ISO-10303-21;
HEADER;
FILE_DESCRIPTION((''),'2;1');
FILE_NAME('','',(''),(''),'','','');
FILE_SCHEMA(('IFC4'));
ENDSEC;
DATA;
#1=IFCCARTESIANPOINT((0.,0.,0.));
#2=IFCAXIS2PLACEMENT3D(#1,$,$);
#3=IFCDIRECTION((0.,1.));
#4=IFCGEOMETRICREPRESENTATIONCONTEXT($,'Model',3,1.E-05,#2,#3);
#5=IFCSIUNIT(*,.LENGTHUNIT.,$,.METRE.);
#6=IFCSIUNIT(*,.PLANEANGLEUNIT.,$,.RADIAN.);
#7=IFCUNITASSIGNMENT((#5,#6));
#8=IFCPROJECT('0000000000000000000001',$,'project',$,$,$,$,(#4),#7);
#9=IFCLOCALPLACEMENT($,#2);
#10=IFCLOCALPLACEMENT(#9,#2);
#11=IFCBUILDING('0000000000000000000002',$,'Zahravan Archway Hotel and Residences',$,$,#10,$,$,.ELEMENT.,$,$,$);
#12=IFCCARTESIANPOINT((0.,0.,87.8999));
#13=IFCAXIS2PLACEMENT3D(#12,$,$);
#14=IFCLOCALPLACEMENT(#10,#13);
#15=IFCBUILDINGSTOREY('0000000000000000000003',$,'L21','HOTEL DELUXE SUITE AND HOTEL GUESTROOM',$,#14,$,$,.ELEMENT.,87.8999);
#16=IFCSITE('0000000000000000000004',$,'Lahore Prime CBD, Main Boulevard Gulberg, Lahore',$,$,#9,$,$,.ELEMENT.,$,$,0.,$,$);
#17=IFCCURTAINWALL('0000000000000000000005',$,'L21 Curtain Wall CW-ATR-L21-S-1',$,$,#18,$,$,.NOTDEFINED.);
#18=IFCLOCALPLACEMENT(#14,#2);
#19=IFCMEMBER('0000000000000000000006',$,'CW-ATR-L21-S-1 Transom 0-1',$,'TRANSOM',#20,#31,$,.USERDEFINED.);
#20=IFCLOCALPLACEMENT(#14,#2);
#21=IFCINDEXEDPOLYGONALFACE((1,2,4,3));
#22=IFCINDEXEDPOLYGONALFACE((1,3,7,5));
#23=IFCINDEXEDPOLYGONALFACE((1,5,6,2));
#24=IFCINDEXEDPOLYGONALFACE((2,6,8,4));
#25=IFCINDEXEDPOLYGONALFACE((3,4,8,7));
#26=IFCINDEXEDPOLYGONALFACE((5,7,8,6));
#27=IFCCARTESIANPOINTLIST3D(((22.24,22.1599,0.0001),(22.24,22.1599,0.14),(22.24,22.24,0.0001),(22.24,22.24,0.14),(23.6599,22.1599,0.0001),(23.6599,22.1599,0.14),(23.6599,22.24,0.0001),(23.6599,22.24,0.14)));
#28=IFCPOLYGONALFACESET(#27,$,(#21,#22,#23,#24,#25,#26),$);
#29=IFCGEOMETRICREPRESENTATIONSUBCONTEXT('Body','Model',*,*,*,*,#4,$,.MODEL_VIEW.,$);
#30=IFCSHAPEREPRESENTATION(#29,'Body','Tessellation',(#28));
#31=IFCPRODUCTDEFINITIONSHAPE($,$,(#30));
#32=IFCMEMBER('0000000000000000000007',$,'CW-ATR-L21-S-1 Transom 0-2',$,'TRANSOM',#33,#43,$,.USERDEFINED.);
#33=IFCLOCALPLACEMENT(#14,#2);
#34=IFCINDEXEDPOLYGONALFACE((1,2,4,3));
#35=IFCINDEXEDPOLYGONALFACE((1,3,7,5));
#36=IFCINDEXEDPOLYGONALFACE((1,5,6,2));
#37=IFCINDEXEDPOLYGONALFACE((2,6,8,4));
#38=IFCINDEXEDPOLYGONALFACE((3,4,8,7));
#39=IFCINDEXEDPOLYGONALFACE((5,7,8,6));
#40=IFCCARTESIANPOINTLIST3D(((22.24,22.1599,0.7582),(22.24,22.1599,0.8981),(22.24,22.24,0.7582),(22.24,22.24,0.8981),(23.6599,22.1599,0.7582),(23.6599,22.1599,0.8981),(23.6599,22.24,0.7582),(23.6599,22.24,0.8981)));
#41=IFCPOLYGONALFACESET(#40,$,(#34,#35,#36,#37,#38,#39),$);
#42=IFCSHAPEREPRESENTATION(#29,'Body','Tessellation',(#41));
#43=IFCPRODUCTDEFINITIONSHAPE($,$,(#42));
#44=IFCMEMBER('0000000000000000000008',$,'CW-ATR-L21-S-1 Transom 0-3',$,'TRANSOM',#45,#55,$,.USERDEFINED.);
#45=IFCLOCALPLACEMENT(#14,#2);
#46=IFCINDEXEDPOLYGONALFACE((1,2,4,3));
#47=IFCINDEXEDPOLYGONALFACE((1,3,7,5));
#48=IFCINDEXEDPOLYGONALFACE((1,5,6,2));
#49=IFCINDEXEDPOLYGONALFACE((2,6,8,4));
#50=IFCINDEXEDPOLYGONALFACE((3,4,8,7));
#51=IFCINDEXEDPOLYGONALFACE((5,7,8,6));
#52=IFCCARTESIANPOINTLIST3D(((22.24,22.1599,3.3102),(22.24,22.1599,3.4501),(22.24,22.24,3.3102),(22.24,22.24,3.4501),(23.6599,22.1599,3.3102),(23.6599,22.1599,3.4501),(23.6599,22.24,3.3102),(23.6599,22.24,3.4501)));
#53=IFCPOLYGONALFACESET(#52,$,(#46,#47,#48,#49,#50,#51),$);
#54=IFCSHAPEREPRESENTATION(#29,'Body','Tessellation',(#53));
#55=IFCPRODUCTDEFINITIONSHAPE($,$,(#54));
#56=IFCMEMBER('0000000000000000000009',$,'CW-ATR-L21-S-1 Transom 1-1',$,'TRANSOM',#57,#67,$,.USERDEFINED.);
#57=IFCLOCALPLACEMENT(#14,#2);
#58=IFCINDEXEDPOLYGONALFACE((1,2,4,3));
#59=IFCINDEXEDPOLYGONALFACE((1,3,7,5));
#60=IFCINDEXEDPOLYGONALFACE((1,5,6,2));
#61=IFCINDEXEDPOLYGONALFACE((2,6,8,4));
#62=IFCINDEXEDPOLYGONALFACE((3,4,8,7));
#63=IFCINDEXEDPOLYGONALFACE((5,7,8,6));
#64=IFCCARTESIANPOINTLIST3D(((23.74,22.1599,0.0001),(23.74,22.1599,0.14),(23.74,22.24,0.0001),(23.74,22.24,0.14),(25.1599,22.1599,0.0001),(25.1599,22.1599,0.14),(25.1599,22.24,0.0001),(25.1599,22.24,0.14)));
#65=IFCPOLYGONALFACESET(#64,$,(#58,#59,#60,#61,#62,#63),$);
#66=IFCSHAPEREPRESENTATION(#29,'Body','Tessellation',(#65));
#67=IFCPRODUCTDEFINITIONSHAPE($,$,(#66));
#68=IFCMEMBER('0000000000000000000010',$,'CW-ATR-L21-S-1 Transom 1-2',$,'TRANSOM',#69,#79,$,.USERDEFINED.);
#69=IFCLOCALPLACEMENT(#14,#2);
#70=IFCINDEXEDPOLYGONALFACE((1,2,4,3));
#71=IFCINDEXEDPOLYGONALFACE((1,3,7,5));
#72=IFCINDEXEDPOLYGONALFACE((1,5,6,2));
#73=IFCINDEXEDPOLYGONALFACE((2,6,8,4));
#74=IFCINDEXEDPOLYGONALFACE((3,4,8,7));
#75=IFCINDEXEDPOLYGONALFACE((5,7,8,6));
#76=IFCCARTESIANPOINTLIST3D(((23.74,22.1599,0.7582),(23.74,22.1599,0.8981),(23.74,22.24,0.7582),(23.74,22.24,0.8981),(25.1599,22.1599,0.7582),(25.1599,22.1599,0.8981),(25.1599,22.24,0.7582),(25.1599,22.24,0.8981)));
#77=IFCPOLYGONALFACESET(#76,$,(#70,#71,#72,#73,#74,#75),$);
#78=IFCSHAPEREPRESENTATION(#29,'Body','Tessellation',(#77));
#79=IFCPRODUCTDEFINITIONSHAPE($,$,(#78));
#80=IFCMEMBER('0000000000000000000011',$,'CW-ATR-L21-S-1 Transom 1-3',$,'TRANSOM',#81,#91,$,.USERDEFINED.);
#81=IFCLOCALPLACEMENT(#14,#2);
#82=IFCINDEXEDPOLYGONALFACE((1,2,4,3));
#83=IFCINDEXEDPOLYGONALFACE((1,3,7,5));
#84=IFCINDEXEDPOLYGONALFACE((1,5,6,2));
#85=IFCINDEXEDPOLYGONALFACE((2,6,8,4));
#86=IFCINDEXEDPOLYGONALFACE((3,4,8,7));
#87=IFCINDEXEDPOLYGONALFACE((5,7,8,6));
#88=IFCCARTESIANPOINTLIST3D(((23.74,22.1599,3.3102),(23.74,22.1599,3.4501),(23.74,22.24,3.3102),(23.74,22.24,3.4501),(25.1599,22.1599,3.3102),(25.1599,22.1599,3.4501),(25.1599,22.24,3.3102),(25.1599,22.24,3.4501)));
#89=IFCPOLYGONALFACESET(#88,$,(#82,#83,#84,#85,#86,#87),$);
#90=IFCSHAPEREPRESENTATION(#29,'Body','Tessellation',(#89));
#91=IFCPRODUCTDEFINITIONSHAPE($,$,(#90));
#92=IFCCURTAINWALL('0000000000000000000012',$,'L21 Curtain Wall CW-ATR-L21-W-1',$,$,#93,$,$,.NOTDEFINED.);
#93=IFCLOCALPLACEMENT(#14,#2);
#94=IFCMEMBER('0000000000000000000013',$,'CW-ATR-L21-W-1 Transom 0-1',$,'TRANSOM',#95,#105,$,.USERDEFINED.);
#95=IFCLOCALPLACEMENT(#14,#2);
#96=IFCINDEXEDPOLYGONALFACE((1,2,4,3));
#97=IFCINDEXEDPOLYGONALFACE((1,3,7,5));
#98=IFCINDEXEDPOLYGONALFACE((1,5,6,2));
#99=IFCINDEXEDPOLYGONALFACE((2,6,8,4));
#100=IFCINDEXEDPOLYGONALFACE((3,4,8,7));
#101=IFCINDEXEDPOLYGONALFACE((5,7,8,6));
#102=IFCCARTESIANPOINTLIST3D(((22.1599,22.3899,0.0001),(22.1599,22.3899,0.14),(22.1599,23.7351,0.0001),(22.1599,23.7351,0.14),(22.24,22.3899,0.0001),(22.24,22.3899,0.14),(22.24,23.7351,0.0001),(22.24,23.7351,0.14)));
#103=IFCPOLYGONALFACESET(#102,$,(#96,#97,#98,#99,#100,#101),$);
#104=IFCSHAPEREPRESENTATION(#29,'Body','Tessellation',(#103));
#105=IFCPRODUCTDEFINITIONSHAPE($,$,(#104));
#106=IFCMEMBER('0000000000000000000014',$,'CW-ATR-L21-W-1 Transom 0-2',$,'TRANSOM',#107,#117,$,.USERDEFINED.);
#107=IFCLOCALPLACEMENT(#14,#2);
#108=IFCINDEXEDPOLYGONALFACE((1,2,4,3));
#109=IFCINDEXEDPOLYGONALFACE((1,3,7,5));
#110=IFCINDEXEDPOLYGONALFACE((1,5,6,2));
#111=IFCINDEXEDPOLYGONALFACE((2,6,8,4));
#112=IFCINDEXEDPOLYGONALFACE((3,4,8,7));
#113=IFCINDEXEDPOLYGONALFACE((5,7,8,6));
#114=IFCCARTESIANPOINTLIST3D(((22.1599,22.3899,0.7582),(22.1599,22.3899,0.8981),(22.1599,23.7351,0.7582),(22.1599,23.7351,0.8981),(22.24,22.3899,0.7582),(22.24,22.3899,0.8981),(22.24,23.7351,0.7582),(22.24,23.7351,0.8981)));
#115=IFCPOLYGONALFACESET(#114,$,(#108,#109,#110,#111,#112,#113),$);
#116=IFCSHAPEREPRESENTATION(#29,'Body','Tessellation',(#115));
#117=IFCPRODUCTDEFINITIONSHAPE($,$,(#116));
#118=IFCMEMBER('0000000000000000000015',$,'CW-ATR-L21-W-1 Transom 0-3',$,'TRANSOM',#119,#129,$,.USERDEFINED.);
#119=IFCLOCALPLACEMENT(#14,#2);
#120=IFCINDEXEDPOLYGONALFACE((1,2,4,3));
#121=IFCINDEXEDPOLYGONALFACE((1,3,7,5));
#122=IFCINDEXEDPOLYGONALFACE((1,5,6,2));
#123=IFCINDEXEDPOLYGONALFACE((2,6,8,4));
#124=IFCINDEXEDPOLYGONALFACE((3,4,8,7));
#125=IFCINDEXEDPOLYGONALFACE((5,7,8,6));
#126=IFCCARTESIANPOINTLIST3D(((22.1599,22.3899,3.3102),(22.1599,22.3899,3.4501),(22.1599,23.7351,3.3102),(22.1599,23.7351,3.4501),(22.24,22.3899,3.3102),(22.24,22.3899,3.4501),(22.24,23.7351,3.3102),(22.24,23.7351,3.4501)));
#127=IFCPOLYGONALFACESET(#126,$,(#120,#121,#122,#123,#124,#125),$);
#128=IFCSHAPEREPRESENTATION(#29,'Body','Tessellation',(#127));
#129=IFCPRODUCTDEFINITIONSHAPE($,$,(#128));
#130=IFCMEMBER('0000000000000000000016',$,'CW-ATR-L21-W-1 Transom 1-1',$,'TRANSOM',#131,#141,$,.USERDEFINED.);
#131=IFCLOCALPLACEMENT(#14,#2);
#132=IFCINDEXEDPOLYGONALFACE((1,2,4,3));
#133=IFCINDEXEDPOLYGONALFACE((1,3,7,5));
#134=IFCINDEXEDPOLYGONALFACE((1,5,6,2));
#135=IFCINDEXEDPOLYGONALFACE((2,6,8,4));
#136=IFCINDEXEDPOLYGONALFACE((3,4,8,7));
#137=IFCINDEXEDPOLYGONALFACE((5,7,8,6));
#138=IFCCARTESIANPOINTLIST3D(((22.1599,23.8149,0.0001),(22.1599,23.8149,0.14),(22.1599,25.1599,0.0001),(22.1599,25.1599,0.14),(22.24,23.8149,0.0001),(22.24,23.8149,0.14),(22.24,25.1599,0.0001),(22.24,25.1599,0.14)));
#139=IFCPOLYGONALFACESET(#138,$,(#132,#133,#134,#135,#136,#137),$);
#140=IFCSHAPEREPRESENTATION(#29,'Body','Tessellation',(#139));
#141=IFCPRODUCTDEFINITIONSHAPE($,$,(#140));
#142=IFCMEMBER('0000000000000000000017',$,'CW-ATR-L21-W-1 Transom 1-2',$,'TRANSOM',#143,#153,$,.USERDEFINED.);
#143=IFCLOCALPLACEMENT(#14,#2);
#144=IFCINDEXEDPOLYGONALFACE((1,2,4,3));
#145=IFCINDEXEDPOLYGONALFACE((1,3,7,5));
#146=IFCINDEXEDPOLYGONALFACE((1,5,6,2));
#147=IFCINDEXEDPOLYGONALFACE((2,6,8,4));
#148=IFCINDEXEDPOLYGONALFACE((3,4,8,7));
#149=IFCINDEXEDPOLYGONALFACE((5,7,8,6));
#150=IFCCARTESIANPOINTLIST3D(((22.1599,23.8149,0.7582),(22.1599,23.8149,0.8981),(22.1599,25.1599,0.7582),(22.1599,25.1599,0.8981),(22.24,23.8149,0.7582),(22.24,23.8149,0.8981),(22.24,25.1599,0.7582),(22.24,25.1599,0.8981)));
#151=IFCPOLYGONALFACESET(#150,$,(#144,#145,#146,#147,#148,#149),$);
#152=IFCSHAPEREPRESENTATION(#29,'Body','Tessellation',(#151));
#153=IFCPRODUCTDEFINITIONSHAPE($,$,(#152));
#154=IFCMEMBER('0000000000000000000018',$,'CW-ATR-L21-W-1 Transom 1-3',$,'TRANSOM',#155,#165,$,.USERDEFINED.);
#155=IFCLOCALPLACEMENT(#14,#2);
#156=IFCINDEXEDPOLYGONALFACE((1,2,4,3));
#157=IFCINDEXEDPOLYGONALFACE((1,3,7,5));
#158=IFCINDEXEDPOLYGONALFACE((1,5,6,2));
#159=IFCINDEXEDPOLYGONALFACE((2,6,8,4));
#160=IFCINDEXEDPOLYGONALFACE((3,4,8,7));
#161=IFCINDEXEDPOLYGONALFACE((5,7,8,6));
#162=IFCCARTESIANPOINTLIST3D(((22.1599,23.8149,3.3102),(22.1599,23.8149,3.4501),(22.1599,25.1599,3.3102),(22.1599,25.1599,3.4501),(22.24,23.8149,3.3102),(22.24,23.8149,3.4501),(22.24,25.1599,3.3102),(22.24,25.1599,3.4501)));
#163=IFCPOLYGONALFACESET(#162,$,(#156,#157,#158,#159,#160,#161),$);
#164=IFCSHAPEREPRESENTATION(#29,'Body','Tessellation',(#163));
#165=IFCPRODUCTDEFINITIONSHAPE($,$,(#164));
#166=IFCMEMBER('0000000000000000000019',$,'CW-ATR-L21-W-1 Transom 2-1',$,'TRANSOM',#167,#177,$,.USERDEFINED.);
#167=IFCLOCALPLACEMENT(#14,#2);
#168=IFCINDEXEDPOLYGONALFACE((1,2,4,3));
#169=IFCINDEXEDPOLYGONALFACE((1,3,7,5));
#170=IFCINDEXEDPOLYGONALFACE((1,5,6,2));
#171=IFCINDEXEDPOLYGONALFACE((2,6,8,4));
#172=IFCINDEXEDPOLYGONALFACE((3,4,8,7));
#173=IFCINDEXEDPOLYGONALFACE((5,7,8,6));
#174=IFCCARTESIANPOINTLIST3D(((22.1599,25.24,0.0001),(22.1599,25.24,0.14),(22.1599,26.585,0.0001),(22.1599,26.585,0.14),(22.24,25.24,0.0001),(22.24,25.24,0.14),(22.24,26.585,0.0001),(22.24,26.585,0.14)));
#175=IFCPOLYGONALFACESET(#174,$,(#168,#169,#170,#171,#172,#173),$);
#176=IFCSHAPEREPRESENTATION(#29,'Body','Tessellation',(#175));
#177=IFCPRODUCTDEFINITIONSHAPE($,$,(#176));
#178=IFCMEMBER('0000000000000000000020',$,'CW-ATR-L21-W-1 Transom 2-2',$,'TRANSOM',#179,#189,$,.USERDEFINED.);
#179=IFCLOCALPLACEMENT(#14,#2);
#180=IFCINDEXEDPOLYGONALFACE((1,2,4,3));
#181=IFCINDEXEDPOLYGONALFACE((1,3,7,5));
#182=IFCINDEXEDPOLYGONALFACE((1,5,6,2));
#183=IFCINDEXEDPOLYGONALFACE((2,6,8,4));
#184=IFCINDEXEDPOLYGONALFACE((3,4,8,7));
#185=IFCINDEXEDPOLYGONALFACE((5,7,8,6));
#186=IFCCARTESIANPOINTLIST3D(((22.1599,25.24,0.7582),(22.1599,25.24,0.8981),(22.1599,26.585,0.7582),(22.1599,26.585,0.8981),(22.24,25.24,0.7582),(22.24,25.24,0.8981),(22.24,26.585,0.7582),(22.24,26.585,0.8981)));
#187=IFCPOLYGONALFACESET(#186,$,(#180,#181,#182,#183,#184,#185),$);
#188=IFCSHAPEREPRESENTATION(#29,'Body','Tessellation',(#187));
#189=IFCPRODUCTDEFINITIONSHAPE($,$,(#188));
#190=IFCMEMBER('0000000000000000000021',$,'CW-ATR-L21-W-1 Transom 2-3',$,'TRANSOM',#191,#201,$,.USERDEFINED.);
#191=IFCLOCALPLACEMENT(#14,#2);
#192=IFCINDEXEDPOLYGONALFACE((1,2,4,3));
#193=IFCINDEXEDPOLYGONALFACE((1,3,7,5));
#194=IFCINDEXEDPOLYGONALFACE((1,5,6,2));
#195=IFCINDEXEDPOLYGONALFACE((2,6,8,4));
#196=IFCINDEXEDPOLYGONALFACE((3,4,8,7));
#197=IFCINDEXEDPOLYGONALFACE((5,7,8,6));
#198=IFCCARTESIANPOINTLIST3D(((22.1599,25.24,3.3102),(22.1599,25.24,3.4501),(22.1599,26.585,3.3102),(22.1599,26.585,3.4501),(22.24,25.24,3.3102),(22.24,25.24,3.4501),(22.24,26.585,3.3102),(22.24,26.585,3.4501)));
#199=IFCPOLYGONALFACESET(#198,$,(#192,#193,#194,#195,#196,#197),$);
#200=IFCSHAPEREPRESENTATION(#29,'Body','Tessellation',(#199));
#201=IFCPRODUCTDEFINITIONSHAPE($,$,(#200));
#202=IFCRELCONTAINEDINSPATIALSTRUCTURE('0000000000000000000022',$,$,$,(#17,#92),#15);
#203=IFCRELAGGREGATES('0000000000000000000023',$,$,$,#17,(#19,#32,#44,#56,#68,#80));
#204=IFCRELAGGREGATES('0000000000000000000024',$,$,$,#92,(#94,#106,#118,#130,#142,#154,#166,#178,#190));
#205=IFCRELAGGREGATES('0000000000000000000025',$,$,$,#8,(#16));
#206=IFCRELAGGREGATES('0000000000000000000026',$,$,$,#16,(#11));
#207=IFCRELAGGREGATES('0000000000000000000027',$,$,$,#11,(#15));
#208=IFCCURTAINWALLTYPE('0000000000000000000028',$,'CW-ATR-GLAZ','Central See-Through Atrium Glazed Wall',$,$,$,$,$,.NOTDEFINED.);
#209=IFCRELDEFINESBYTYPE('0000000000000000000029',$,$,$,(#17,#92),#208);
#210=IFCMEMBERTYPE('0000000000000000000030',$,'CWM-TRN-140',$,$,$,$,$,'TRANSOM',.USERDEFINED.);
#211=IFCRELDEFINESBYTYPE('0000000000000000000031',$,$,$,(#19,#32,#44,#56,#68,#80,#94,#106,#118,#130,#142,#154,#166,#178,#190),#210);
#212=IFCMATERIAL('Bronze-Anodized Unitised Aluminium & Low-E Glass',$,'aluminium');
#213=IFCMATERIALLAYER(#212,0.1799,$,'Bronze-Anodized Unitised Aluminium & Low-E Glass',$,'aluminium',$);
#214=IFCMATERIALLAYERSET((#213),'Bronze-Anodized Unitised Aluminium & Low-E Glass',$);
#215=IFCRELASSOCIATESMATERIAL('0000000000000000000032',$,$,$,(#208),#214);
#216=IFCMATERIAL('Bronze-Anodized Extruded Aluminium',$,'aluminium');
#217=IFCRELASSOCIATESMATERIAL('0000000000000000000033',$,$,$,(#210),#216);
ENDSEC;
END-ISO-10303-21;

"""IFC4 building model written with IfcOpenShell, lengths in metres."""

from ifc_helpers import new_model, si_unit, direction, frame, origin, origin_2d, place, context, subcontext, project, spatial, rectangle, extrude, source, transform, mapped, material, layer, layer_set, material_profile, profile_set, type_object, element, aggregate, save


model = new_model("IFC4")

# Units and contexts
model_context = context("Model", 3, precision=1e-05, world=origin(), true_north=direction((0.0, 1.0)))
body_context = subcontext(model_context, "Body", "Model", "MODEL_VIEW")
ifc_project = project(units=[si_unit("LENGTHUNIT", "METRE"), si_unit("PLANEANGLEUNIT", "RADIAN")], contexts=[model_context])

# Site, building, storey
site_placement = place(None, origin())
site = spatial("IfcSite", under=ifc_project, at=site_placement, Name="Lahore Prime CBD, Main Boulevard Gulberg, Lahore", CompositionType="ELEMENT", RefElevation=0.0)
building_placement = place(site_placement, origin())
building = spatial("IfcBuilding", under=site, at=building_placement, Name="Zahravan Archway Hotel and Residences", CompositionType="ELEMENT")
storey_placement = place(building_placement, frame((0.0, 0.0, 87.8999)))
storey = spatial("IfcBuildingStorey", under=building, at=storey_placement, Name="L21", Description="HOTEL DELUXE SUITE AND HOTEL GUESTROOM", CompositionType="ELEMENT", Elevation=87.8999)

# Curtain walls, members
ifc_material_1 = material(Name="Bronze-Anodized Unitised Aluminium & Low-E Glass", Category="aluminium")
ifc_layer_1 = layer(ifc_material_1, 0.1799, Name="Bronze-Anodized Unitised Aluminium & Low-E Glass", Category="aluminium")
ifc_layer_set_1 = layer_set([ifc_layer_1], Name="Bronze-Anodized Unitised Aluminium & Low-E Glass")
curtain_wall_type = type_object("IfcCurtainWallType", Name="CW-ATR-GLAZ", Description="Central See-Through Atrium Glazed Wall", PredefinedType="NOTDEFINED", material=ifc_layer_set_1)
curtain_wall_1_placement = place(storey_placement, origin())
curtain_wall_1 = element("IfcCurtainWall", 1, at=curtain_wall_1_placement, inside=storey, type_object=curtain_wall_type, Name="L21 Curtain Wall CW-ATR-L21-S-1", PredefinedType="NOTDEFINED")
ifc_material_2 = material(Name="Bronze-Anodized Extruded Aluminium", Category="aluminium")
ifc_material_profile_1 = material_profile(ifc_material_2, rectangle(XDim=0.0801, YDim=0.1399, at=origin_2d()), Name="TRN 80x140", Category="aluminium")
ifc_profile_set_1 = profile_set([ifc_material_profile_1], Name="Bronze-Anodized Extruded Aluminium")
member_type_1 = type_object("IfcMemberType", Name="CWM-TRN-140", ElementType="TRANSOM", PredefinedType="USERDEFINED", material=ifc_profile_set_1)
shared_shape_1 = source(origin(), body_context, "Body", "SweptSolid", [
    extrude(rectangle(XDim=0.0801, YDim=0.1399, at=origin_2d()), origin(), (0.0, 0.0, 1.0), 1.4199),
])
member_1_placement = place(storey_placement, frame((22.24, 22.2, 0.0701), z_axis=(1.0, 0.0, 0.0), x_axis=(0.0, 1.0, 0.0)))
member_1 = element("IfcMember", 2, at=member_1_placement, type_object=member_type_1, Name="CW-ATR-L21-S-1 Transom 0-1", ObjectType="TRANSOM", PredefinedType="USERDEFINED", context=body_context, shape_type="MappedRepresentation", body=[
    mapped(shared_shape_1, transform((0.0, 0.0, 0.0), scale=1.0)),
])
member_2_placement = place(storey_placement, frame((22.24, 22.2, 0.8281), z_axis=(1.0, 0.0, 0.0), x_axis=(0.0, 1.0, 0.0)))
member_2 = element("IfcMember", 3, at=member_2_placement, type_object=member_type_1, Name="CW-ATR-L21-S-1 Transom 0-2", ObjectType="TRANSOM", PredefinedType="USERDEFINED", context=body_context, shape_type="MappedRepresentation", body=[
    mapped(shared_shape_1, transform((0.0, 0.0, 0.0), scale=1.0)),
])
member_3_placement = place(storey_placement, frame((22.24, 22.2, 3.3801), z_axis=(1.0, 0.0, 0.0), x_axis=(0.0, 1.0, 0.0)))
member_3 = element("IfcMember", 4, at=member_3_placement, type_object=member_type_1, Name="CW-ATR-L21-S-1 Transom 0-3", ObjectType="TRANSOM", PredefinedType="USERDEFINED", context=body_context, shape_type="MappedRepresentation", body=[
    mapped(shared_shape_1, transform((0.0, 0.0, 0.0), scale=1.0)),
])
member_4_placement = place(storey_placement, frame((23.74, 22.2, 0.0701), z_axis=(1.0, 0.0, 0.0), x_axis=(0.0, 1.0, 0.0)))
member_4 = element("IfcMember", 5, at=member_4_placement, type_object=member_type_1, Name="CW-ATR-L21-S-1 Transom 1-1", ObjectType="TRANSOM", PredefinedType="USERDEFINED", context=body_context, shape_type="MappedRepresentation", body=[
    mapped(shared_shape_1, transform((0.0, 0.0, 0.0), scale=1.0)),
])
member_5_placement = place(storey_placement, frame((23.74, 22.2, 0.8281), z_axis=(1.0, 0.0, 0.0), x_axis=(0.0, 1.0, 0.0)))
member_5 = element("IfcMember", 6, at=member_5_placement, type_object=member_type_1, Name="CW-ATR-L21-S-1 Transom 1-2", ObjectType="TRANSOM", PredefinedType="USERDEFINED", context=body_context, shape_type="MappedRepresentation", body=[
    mapped(shared_shape_1, transform((0.0, 0.0, 0.0), scale=1.0)),
])
member_6_placement = place(storey_placement, frame((23.74, 22.2, 3.3801), z_axis=(1.0, 0.0, 0.0), x_axis=(0.0, 1.0, 0.0)))
member_6 = element("IfcMember", 7, at=member_6_placement, type_object=member_type_1, Name="CW-ATR-L21-S-1 Transom 1-3", ObjectType="TRANSOM", PredefinedType="USERDEFINED", context=body_context, shape_type="MappedRepresentation", body=[
    mapped(shared_shape_1, transform((0.0, 0.0, 0.0), scale=1.0)),
])
curtain_wall_2_placement = place(storey_placement, origin())
curtain_wall_2 = element("IfcCurtainWall", 8, at=curtain_wall_2_placement, inside=storey, type_object=curtain_wall_type, Name="L21 Curtain Wall CW-ATR-L21-W-1", PredefinedType="NOTDEFINED")
shared_shape_2 = source(origin(), body_context, "Body", "SweptSolid", [
    extrude(rectangle(XDim=0.0801, YDim=0.1399, at=origin_2d()), origin(), (0.0, 0.0, 1.0), 1.3452),
])
member_7_placement = place(storey_placement, frame((22.2, 22.3899, 0.0701), z_axis=(0.0, 1.0, 0.0), x_axis=(-1.0, 0.0, 0.0)))
member_7 = element("IfcMember", 9, at=member_7_placement, type_object=member_type_1, Name="CW-ATR-L21-W-1 Transom 0-1", ObjectType="TRANSOM", PredefinedType="USERDEFINED", context=body_context, shape_type="MappedRepresentation", body=[
    mapped(shared_shape_2, transform((0.0, 0.0, 0.0), scale=1.0)),
])
member_8_placement = place(storey_placement, frame((22.2, 22.3899, 0.8281), z_axis=(0.0, 1.0, 0.0), x_axis=(-1.0, 0.0, 0.0)))
member_8 = element("IfcMember", 10, at=member_8_placement, type_object=member_type_1, Name="CW-ATR-L21-W-1 Transom 0-2", ObjectType="TRANSOM", PredefinedType="USERDEFINED", context=body_context, shape_type="MappedRepresentation", body=[
    mapped(shared_shape_2, transform((0.0, 0.0, 0.0), scale=1.0)),
])
member_9_placement = place(storey_placement, frame((22.2, 22.3899, 3.3801), z_axis=(0.0, 1.0, 0.0), x_axis=(-1.0, 0.0, 0.0)))
member_9 = element("IfcMember", 11, at=member_9_placement, type_object=member_type_1, Name="CW-ATR-L21-W-1 Transom 0-3", ObjectType="TRANSOM", PredefinedType="USERDEFINED", context=body_context, shape_type="MappedRepresentation", body=[
    mapped(shared_shape_2, transform((0.0, 0.0, 0.0), scale=1.0)),
])
shared_shape_3 = source(origin(), body_context, "Body", "SweptSolid", [
    extrude(rectangle(XDim=0.0801, YDim=0.1399, at=origin_2d()), origin(), (0.0, 0.0, 1.0), 1.345),
])
member_10_placement = place(storey_placement, frame((22.2, 23.8149, 0.0701), z_axis=(0.0, 1.0, 0.0), x_axis=(-1.0, 0.0, 0.0)))
member_10 = element("IfcMember", 12, at=member_10_placement, type_object=member_type_1, Name="CW-ATR-L21-W-1 Transom 1-1", ObjectType="TRANSOM", PredefinedType="USERDEFINED", context=body_context, shape_type="MappedRepresentation", body=[
    mapped(shared_shape_3, transform((0.0, 0.0, 0.0), scale=1.0)),
])
member_11_placement = place(storey_placement, frame((22.2, 23.8149, 0.8281), z_axis=(0.0, 1.0, 0.0), x_axis=(-1.0, 0.0, 0.0)))
member_11 = element("IfcMember", 13, at=member_11_placement, type_object=member_type_1, Name="CW-ATR-L21-W-1 Transom 1-2", ObjectType="TRANSOM", PredefinedType="USERDEFINED", context=body_context, shape_type="MappedRepresentation", body=[
    mapped(shared_shape_3, transform((0.0, 0.0, 0.0), scale=1.0)),
])
member_12_placement = place(storey_placement, frame((22.2, 23.8149, 3.3801), z_axis=(0.0, 1.0, 0.0), x_axis=(-1.0, 0.0, 0.0)))
member_12 = element("IfcMember", 14, at=member_12_placement, type_object=member_type_1, Name="CW-ATR-L21-W-1 Transom 1-3", ObjectType="TRANSOM", PredefinedType="USERDEFINED", context=body_context, shape_type="MappedRepresentation", body=[
    mapped(shared_shape_3, transform((0.0, 0.0, 0.0), scale=1.0)),
])
member_13_placement = place(storey_placement, frame((22.2, 25.24, 0.0701), z_axis=(0.0, 1.0, 0.0), x_axis=(-1.0, 0.0, 0.0)))
member_13 = element("IfcMember", 15, at=member_13_placement, type_object=member_type_1, Name="CW-ATR-L21-W-1 Transom 2-1", ObjectType="TRANSOM", PredefinedType="USERDEFINED", context=body_context, shape_type="MappedRepresentation", body=[
    mapped(shared_shape_3, transform((0.0, 0.0, 0.0), scale=1.0)),
])
member_14_placement = place(storey_placement, frame((22.2, 25.24, 0.8281), z_axis=(0.0, 1.0, 0.0), x_axis=(-1.0, 0.0, 0.0)))
member_14 = element("IfcMember", 16, at=member_14_placement, type_object=member_type_1, Name="CW-ATR-L21-W-1 Transom 2-2", ObjectType="TRANSOM", PredefinedType="USERDEFINED", context=body_context, shape_type="MappedRepresentation", body=[
    mapped(shared_shape_3, transform((0.0, 0.0, 0.0), scale=1.0)),
])
member_15_placement = place(storey_placement, frame((22.2, 25.24, 3.3801), z_axis=(0.0, 1.0, 0.0), x_axis=(-1.0, 0.0, 0.0)))
member_15 = element("IfcMember", 17, at=member_15_placement, type_object=member_type_1, Name="CW-ATR-L21-W-1 Transom 2-3", ObjectType="TRANSOM", PredefinedType="USERDEFINED", context=body_context, shape_type="MappedRepresentation", body=[
    mapped(shared_shape_3, transform((0.0, 0.0, 0.0), scale=1.0)),
])

aggregate(curtain_wall_1, [member_1, member_2, member_3, member_4, member_5, member_6])
aggregate(curtain_wall_2, [member_7, member_8, member_9, member_10, member_11, member_12, member_13, member_14, member_15])

save(model, "model.ifc")
